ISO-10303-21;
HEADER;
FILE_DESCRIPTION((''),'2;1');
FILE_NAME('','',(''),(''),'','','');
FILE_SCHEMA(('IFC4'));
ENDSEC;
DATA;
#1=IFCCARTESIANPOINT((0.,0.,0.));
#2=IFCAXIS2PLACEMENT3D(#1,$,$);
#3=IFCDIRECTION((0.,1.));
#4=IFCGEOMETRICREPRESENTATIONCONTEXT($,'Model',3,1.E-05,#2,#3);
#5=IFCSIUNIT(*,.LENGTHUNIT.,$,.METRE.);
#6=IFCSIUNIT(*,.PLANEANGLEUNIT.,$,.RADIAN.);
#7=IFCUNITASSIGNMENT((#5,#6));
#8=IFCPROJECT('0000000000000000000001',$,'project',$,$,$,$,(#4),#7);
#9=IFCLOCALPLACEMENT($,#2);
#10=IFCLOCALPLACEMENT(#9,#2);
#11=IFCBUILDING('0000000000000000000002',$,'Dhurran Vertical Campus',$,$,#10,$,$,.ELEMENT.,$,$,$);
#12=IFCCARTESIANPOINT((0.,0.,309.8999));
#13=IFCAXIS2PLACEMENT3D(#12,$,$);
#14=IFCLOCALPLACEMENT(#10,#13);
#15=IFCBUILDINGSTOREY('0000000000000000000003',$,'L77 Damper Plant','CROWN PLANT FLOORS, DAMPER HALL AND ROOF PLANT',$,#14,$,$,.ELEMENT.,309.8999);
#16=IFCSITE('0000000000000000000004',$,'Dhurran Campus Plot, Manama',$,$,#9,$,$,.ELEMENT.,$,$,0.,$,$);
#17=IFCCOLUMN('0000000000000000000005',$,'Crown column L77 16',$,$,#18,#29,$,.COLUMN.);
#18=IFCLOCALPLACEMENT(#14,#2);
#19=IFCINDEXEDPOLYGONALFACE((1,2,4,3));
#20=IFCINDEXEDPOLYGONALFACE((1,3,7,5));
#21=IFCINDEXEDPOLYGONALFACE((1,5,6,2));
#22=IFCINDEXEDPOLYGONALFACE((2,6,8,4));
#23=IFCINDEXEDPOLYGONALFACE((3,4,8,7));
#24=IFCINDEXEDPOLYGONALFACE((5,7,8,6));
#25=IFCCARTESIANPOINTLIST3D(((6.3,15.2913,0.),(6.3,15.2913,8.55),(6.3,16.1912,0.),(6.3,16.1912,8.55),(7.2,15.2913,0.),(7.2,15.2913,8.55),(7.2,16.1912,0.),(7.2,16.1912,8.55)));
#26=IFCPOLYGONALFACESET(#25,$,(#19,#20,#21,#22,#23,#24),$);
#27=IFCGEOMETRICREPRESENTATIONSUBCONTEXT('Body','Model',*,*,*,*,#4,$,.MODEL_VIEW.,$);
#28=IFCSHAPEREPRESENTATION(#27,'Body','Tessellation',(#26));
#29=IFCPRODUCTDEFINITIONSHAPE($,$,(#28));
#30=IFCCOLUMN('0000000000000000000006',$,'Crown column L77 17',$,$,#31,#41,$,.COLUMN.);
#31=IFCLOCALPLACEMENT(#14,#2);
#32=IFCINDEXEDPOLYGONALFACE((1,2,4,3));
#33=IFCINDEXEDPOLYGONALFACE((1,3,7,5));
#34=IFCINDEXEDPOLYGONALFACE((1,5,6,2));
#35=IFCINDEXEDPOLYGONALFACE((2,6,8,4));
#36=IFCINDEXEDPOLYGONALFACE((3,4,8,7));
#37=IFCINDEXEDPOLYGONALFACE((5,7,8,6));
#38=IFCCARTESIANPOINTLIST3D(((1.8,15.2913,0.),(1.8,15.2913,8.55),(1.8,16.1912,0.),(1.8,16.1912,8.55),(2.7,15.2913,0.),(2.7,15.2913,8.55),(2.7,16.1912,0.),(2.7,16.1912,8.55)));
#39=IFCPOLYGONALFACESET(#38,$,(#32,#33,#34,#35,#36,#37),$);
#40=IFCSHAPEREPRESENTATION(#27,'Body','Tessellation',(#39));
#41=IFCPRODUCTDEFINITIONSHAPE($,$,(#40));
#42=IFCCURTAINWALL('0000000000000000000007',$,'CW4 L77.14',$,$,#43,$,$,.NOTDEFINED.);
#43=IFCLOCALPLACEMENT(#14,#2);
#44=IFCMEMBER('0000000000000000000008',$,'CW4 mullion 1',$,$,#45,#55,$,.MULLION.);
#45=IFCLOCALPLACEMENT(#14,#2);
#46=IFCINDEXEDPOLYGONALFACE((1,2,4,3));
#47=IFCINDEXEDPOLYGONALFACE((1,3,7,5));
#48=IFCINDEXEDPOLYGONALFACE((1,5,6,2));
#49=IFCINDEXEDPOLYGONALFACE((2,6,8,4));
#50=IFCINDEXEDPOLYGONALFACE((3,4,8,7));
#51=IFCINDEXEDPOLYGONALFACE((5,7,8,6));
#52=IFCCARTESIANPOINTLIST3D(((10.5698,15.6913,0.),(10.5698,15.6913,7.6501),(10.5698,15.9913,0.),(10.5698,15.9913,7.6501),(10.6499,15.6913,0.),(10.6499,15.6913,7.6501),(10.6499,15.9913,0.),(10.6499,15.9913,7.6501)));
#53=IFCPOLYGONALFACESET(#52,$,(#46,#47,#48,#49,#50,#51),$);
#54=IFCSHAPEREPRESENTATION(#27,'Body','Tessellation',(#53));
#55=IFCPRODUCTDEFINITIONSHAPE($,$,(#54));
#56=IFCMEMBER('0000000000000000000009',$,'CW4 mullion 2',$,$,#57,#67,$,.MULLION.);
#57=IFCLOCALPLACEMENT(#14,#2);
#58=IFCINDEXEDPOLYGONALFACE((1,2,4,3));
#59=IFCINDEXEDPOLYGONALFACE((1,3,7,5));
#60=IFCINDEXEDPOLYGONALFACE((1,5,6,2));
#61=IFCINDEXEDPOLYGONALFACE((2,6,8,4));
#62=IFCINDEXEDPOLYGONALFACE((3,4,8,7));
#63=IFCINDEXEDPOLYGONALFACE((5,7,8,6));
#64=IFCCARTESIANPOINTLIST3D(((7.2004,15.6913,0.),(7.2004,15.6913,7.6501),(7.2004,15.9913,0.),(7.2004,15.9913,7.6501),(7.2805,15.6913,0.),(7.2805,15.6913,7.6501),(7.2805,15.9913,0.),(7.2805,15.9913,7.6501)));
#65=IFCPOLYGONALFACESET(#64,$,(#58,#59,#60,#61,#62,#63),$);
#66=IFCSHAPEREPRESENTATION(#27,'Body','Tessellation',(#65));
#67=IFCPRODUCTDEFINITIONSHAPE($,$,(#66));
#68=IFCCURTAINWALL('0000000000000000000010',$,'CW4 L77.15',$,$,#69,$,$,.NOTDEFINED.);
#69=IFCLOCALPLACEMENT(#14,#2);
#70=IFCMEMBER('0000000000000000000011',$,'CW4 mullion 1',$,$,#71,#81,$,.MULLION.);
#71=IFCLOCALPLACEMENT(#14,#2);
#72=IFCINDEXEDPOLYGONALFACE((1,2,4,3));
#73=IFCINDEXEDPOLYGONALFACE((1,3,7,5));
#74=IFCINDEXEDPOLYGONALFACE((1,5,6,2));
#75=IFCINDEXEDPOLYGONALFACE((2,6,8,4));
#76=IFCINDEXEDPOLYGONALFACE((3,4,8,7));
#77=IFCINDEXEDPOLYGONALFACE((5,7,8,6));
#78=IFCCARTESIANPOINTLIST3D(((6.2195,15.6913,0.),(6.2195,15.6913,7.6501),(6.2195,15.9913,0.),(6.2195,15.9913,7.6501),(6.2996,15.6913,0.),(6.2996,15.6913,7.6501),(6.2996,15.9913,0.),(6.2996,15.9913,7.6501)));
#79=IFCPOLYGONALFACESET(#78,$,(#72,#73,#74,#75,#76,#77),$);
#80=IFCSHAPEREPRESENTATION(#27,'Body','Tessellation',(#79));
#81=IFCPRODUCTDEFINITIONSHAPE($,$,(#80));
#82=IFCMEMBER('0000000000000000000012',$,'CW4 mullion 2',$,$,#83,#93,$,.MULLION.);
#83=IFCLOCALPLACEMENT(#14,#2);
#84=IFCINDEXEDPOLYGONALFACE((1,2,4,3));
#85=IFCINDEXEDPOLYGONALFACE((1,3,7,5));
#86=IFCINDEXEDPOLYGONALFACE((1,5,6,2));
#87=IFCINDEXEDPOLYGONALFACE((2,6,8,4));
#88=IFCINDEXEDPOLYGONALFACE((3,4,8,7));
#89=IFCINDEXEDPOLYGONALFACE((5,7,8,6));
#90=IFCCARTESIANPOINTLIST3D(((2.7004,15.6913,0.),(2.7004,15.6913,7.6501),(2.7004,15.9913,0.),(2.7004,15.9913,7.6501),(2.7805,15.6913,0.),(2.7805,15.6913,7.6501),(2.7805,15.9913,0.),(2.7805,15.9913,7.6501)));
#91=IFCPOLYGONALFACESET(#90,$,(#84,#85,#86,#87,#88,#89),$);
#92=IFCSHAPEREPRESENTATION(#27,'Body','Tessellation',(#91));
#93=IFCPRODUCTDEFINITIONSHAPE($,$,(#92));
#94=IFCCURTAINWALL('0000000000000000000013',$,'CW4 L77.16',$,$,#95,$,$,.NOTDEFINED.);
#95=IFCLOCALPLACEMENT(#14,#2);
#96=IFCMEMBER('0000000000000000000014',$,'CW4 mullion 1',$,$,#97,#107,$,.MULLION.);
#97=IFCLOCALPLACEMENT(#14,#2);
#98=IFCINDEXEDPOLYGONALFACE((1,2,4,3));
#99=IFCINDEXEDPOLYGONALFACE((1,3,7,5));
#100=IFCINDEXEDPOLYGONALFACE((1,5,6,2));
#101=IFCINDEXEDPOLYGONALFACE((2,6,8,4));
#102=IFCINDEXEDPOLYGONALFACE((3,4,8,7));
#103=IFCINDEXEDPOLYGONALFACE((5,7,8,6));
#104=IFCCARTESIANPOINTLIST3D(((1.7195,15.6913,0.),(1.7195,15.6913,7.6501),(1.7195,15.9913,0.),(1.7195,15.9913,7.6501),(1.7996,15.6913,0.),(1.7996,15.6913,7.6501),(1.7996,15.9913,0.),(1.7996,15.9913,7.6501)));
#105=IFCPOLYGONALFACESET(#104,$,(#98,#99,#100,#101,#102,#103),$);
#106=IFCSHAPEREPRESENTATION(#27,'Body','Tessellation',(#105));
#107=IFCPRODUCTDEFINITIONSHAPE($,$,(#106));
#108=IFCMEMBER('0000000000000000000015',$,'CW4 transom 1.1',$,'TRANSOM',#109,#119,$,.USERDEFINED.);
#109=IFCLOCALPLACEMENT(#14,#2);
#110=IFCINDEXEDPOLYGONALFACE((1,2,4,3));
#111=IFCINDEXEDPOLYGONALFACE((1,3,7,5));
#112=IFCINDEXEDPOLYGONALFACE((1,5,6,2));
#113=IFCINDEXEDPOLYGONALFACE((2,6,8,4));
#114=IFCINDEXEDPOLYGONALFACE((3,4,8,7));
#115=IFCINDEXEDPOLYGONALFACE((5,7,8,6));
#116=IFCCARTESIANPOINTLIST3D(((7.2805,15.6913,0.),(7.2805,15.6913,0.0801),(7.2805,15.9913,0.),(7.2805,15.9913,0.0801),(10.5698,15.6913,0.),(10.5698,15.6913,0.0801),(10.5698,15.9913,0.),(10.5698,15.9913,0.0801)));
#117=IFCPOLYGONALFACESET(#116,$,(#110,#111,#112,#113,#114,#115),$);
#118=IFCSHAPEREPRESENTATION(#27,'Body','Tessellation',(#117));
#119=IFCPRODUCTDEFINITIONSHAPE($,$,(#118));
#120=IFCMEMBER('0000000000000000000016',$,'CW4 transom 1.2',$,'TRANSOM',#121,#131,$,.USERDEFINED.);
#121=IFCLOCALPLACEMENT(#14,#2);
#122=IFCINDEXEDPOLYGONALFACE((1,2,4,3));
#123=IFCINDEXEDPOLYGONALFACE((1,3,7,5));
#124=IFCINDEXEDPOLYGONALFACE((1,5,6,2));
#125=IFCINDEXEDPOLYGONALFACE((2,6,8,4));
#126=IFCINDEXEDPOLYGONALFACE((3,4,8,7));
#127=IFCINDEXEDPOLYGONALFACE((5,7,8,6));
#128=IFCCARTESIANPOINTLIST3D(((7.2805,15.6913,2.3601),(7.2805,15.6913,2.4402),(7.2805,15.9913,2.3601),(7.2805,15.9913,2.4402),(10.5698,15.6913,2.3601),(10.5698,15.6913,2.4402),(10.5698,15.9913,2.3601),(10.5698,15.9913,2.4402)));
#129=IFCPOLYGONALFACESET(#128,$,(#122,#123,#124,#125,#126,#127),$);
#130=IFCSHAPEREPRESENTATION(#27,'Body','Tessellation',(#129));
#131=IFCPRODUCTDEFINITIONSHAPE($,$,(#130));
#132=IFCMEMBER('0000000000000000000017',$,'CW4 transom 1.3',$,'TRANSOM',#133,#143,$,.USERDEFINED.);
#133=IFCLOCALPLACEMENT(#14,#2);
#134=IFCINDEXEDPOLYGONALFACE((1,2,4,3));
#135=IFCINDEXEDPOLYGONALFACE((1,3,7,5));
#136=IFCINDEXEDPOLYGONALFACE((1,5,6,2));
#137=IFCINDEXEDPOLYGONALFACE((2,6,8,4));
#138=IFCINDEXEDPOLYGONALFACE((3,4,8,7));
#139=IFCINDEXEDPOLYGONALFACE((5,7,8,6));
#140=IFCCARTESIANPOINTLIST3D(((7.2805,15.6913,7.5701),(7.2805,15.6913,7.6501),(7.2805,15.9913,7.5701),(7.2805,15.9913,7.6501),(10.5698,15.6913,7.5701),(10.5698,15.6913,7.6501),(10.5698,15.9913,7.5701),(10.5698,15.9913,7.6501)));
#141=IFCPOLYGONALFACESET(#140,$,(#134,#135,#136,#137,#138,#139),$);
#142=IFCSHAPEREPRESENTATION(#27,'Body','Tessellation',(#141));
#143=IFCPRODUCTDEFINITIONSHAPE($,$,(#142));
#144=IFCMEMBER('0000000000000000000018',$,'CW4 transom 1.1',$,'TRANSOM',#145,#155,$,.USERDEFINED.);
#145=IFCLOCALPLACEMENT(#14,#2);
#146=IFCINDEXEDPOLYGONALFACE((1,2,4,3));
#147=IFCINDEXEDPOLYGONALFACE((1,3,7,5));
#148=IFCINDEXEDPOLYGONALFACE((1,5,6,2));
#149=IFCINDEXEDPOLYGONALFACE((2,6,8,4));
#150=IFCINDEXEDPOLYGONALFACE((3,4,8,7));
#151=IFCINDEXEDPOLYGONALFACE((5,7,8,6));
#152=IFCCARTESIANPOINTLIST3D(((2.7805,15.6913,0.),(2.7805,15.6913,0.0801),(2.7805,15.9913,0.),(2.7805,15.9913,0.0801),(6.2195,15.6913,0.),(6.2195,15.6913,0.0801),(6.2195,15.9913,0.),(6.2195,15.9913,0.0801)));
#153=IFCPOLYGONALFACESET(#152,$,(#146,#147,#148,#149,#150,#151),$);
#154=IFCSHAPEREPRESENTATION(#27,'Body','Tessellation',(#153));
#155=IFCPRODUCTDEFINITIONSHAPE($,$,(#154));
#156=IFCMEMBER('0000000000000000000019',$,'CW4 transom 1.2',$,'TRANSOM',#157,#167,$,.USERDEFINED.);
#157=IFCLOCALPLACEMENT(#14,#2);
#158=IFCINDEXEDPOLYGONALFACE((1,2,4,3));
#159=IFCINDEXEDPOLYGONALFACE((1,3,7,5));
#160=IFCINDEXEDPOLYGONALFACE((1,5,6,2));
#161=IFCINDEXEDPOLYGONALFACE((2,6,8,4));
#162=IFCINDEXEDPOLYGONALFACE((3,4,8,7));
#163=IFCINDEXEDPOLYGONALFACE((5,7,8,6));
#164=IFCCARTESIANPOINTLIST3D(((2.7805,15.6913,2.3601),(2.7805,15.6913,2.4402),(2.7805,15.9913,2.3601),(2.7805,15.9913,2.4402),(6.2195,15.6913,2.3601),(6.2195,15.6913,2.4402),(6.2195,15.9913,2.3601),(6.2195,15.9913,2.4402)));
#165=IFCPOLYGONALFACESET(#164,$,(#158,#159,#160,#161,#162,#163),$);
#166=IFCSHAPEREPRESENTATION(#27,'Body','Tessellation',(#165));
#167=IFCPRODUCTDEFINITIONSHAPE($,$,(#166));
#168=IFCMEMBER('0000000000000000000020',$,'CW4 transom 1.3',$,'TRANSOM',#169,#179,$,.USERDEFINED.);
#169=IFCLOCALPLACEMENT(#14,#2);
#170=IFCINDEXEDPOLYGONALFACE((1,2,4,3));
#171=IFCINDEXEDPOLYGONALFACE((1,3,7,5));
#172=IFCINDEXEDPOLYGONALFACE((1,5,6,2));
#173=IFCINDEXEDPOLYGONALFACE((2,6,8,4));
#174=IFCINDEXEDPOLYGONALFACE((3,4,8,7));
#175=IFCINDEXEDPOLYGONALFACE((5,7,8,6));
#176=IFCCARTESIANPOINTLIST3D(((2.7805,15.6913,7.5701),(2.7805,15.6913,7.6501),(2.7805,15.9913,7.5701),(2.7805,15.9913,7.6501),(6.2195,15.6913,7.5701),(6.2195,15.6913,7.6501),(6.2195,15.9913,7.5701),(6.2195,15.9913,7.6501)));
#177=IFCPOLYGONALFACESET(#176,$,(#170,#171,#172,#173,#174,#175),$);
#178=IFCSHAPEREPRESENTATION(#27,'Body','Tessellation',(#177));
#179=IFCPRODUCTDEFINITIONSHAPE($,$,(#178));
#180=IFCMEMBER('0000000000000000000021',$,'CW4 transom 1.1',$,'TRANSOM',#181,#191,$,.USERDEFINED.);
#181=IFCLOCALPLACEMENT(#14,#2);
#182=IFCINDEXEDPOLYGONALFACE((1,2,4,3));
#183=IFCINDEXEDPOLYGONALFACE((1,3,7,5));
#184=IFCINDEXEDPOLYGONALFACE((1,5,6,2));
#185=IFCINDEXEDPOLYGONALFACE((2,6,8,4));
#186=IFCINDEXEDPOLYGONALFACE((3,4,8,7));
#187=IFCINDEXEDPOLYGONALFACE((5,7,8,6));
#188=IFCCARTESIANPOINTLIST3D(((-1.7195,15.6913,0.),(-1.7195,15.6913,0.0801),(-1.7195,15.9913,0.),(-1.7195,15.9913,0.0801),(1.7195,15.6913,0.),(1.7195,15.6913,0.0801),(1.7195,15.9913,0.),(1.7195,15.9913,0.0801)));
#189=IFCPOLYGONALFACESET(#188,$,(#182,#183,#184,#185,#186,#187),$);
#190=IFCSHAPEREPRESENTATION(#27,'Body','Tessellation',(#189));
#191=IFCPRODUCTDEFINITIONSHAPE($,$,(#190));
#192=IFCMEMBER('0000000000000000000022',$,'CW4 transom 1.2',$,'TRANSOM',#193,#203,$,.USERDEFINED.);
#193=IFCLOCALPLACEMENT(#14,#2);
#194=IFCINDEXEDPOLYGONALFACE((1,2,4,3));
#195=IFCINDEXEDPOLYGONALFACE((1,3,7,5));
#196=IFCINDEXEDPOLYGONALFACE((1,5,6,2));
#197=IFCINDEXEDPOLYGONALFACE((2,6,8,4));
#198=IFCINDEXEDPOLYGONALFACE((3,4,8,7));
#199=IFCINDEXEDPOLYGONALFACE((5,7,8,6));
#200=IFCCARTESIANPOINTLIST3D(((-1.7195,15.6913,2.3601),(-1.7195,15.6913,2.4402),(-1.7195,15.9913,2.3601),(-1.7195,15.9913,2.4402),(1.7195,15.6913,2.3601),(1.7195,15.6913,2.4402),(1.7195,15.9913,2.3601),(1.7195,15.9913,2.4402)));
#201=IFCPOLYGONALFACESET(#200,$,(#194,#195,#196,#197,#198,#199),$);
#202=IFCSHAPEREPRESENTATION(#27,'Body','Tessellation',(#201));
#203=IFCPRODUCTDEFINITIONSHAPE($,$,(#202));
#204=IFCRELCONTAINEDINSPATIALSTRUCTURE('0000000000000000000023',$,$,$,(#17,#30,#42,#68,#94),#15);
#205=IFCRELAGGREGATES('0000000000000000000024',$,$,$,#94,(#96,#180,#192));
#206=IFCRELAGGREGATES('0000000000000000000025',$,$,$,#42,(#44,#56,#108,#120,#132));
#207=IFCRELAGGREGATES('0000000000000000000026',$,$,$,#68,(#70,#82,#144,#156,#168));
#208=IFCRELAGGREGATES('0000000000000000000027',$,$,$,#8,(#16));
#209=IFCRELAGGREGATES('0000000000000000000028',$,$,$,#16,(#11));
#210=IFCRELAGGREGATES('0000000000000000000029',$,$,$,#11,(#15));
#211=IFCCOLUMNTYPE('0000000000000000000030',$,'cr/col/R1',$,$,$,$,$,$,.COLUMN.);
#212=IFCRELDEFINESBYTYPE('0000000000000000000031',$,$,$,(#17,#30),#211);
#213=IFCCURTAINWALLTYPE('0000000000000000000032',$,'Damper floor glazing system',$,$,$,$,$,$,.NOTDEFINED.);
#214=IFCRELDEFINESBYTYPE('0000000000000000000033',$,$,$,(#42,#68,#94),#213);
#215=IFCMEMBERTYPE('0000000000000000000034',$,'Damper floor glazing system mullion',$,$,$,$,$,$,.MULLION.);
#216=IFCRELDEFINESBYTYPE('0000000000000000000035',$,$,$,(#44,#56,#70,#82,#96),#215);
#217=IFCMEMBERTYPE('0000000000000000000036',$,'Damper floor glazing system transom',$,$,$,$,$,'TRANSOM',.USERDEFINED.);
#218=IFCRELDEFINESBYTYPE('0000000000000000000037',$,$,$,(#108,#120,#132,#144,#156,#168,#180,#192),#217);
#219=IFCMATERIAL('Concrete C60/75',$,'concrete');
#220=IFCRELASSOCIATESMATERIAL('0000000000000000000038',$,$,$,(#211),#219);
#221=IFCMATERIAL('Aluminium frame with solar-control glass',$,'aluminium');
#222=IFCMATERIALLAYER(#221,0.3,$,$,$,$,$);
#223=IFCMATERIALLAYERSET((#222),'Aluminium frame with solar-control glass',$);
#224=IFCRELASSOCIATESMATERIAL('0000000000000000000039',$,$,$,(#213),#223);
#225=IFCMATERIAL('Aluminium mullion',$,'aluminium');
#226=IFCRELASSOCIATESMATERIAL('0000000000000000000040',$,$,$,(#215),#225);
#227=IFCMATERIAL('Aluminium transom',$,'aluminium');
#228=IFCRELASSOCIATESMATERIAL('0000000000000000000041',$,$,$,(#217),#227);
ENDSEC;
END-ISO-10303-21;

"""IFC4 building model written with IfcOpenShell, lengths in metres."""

from ifc_helpers import new_model, si_unit, direction, frame, origin, origin_2d, place, context, subcontext, project, spatial, rectangle, extrude, material, layer, layer_set, material_profile, profile_set, type_object, element, aggregate, save


model = new_model("IFC4")

# Units and contexts
model_context = context("Model", 3, precision=1e-05, world=origin(), true_north=direction((0.0, 1.0)))
body_context = subcontext(model_context, "Body", "Model", "MODEL_VIEW")
ifc_project = project(units=[si_unit("LENGTHUNIT", "METRE"), si_unit("PLANEANGLEUNIT", "RADIAN")], contexts=[model_context])

# Site, building, storey
site_placement = place(None, origin())
site = spatial("IfcSite", under=ifc_project, at=site_placement, Name="Dhurran Campus Plot, Manama", CompositionType="ELEMENT", RefElevation=0.0)
building_placement = place(site_placement, origin())
building = spatial("IfcBuilding", under=site, at=building_placement, Name="Dhurran Vertical Campus", CompositionType="ELEMENT")
storey_placement = place(building_placement, frame((0.0, 0.0, 309.8999)))
storey = spatial("IfcBuildingStorey", under=building, at=storey_placement, Name="L77 Damper Plant", Description="CROWN PLANT FLOORS, DAMPER HALL AND ROOF PLANT", CompositionType="ELEMENT", Elevation=309.8999)

# Columns
ifc_material_1 = material(Name="Concrete C60/75", Category="concrete")
ifc_material_profile_1 = material_profile(ifc_material_1, rectangle(XDim=0.8999, YDim=0.8999, at=origin_2d()), Name="cr/col/R1")
ifc_profile_set_1 = profile_set([ifc_material_profile_1], Name="Concrete C60/75")
column_type = type_object("IfcColumnType", Name="cr/col/R1", PredefinedType="COLUMN", material=ifc_profile_set_1)
for number, where, z_axis, x_axis, name in (
    (1, (6.75, 15.7412, 0.0), (0.0, 0.0, 1.0), (-1.0, 0.0, 0.0), "Crown column L77 16"),
    (2, (2.25, 15.7412, 0.0), (0.0, 0.0, 1.0), (-1.0, 0.0, 0.0), "Crown column L77 17"),
):
    element("IfcColumn", number, at=place(storey_placement, frame(where, z_axis=z_axis, x_axis=x_axis)), inside=storey, type_object=column_type, Name=name, PredefinedType="COLUMN", context=body_context, shape_type="SweptSolid", body=[
        extrude(rectangle(XDim=0.8999, YDim=0.8999, at=origin_2d()), origin(), (0.0, 0.0, 1.0), 8.55),
    ])

# Curtain walls, members
ifc_material_2 = material(Name="Aluminium frame with solar-control glass", Category="aluminium")
ifc_layer_1 = layer(ifc_material_2, 0.3)
ifc_layer_set_1 = layer_set([ifc_layer_1], Name="Aluminium frame with solar-control glass")
curtain_wall_type = type_object("IfcCurtainWallType", Name="Damper floor glazing system", PredefinedType="NOTDEFINED", material=ifc_layer_set_1)
curtain_wall_1_placement = place(storey_placement, origin())
curtain_wall_1 = element("IfcCurtainWall", 3, at=curtain_wall_1_placement, inside=storey, type_object=curtain_wall_type, Name="CW4 L77.14", PredefinedType="NOTDEFINED")
ifc_material_3 = material(Name="Aluminium mullion", Category="aluminium")
ifc_material_profile_2 = material_profile(ifc_material_3, rectangle(XDim=0.3, YDim=0.0801, at=origin_2d()), Name="Damper floor glazing system mullion")
ifc_profile_set_2 = profile_set([ifc_material_profile_2], Name="Aluminium mullion")
member_type_1 = type_object("IfcMemberType", Name="Damper floor glazing system mullion", PredefinedType="MULLION", material=ifc_profile_set_2)
member_1_placement = place(storey_placement, frame((10.6099, 15.8413, 0.0), z_axis=(0.0, 0.0, 1.0), x_axis=(0.0, -1.0, 0.0)))
member_1 = element("IfcMember", 4, at=member_1_placement, type_object=member_type_1, Name="CW4 mullion 1", PredefinedType="MULLION", context=body_context, shape_type="SweptSolid", body=[
    extrude(rectangle(XDim=0.3, YDim=0.0801, at=origin_2d()), origin(), (0.0, 0.0, 1.0), 7.6501),
])
member_2_placement = place(storey_placement, frame((7.2405, 15.8413, 0.0), z_axis=(0.0, 0.0, 1.0), x_axis=(0.0, -1.0, 0.0)))
member_2 = element("IfcMember", 5, at=member_2_placement, type_object=member_type_1, Name="CW4 mullion 2", PredefinedType="MULLION", context=body_context, shape_type="SweptSolid", body=[
    extrude(rectangle(XDim=0.3, YDim=0.0801, at=origin_2d()), origin(), (0.0, 0.0, 1.0), 7.6501),
])
curtain_wall_2_placement = place(storey_placement, origin())
curtain_wall_2 = element("IfcCurtainWall", 6, at=curtain_wall_2_placement, inside=storey, type_object=curtain_wall_type, Name="CW4 L77.15", PredefinedType="NOTDEFINED")
member_3_placement = place(storey_placement, frame((6.2595, 15.8413, 0.0), z_axis=(0.0, 0.0, 1.0), x_axis=(0.0, -1.0, 0.0)))
member_3 = element("IfcMember", 7, at=member_3_placement, type_object=member_type_1, Name="CW4 mullion 1", PredefinedType="MULLION", context=body_context, shape_type="SweptSolid", body=[
    extrude(rectangle(XDim=0.3, YDim=0.0801, at=origin_2d()), origin(), (0.0, 0.0, 1.0), 7.6501),
])
member_4_placement = place(storey_placement, frame((2.7405, 15.8413, 0.0), z_axis=(0.0, 0.0, 1.0), x_axis=(0.0, -1.0, 0.0)))
member_4 = element("IfcMember", 8, at=member_4_placement, type_object=member_type_1, Name="CW4 mullion 2", PredefinedType="MULLION", context=body_context, shape_type="SweptSolid", body=[
    extrude(rectangle(XDim=0.3, YDim=0.0801, at=origin_2d()), origin(), (0.0, 0.0, 1.0), 7.6501),
])

# Curtain wall, member
curtain_wall_3_placement = place(storey_placement, origin())
curtain_wall_3 = element("IfcCurtainWall", 9, at=curtain_wall_3_placement, inside=storey, type_object=curtain_wall_type, Name="CW4 L77.16", PredefinedType="NOTDEFINED")
member_5_placement = place(storey_placement, frame((1.7595, 15.8413, 0.0), z_axis=(0.0, 0.0, 1.0), x_axis=(0.0, -1.0, 0.0)))
member_5 = element("IfcMember", 10, at=member_5_placement, type_object=member_type_1, Name="CW4 mullion 1", PredefinedType="MULLION", context=body_context, shape_type="SweptSolid", body=[
    extrude(rectangle(XDim=0.3, YDim=0.0801, at=origin_2d()), origin(), (0.0, 0.0, 1.0), 7.6501),
])

# Members
ifc_material_4 = material(Name="Aluminium transom", Category="aluminium")
ifc_material_profile_3 = material_profile(ifc_material_4, rectangle(XDim=0.3, YDim=0.0801, at=origin_2d()), Name="Damper floor glazing system transom")
ifc_profile_set_3 = profile_set([ifc_material_profile_3], Name="Aluminium transom")
member_type_2 = type_object("IfcMemberType", Name="Damper floor glazing system transom", ElementType="TRANSOM", PredefinedType="USERDEFINED", material=ifc_profile_set_3)
member_6_placement = place(storey_placement, frame((10.5698, 15.8413, 0.04), z_axis=(-1.0, 0.0, 0.0), x_axis=(0.0, -1.0, 0.0)))
member_6 = element("IfcMember", 11, at=member_6_placement, type_object=member_type_2, Name="CW4 transom 1.1", ObjectType="TRANSOM", PredefinedType="USERDEFINED", context=body_context, shape_type="SweptSolid", body=[
    extrude(rectangle(XDim=0.3, YDim=0.0801, at=origin_2d()), origin(), (0.0, 0.0, 1.0), 3.2893),
])
member_7_placement = place(storey_placement, frame((10.5698, 15.8413, 2.4001), z_axis=(-1.0, 0.0, 0.0), x_axis=(0.0, -1.0, 0.0)))
member_7 = element("IfcMember", 12, at=member_7_placement, type_object=member_type_2, Name="CW4 transom 1.2", ObjectType="TRANSOM", PredefinedType="USERDEFINED", context=body_context, shape_type="SweptSolid", body=[
    extrude(rectangle(XDim=0.3, YDim=0.0801, at=origin_2d()), origin(), (0.0, 0.0, 1.0), 3.2893),
])
member_8_placement = place(storey_placement, frame((10.5698, 15.8413, 7.6101), z_axis=(-1.0, 0.0, 0.0), x_axis=(0.0, -1.0, 0.0)))
member_8 = element("IfcMember", 13, at=member_8_placement, type_object=member_type_2, Name="CW4 transom 1.3", ObjectType="TRANSOM", PredefinedType="USERDEFINED", context=body_context, shape_type="SweptSolid", body=[
    extrude(rectangle(XDim=0.3, YDim=0.0801, at=origin_2d()), origin(), (0.0, 0.0, 1.0), 3.2893),
])
member_9_placement = place(storey_placement, frame((6.2195, 15.8413, 0.04), z_axis=(-1.0, 0.0, 0.0), x_axis=(0.0, -1.0, 0.0)))
member_9 = element("IfcMember", 14, at=member_9_placement, type_object=member_type_2, Name="CW4 transom 1.1", ObjectType="TRANSOM", PredefinedType="USERDEFINED", context=body_context, shape_type="SweptSolid", body=[
    extrude(rectangle(XDim=0.3, YDim=0.0801, at=origin_2d()), origin(), (0.0, 0.0, 1.0), 3.439),
])
member_10_placement = place(storey_placement, frame((6.2195, 15.8413, 2.4001), z_axis=(-1.0, 0.0, 0.0), x_axis=(0.0, -1.0, 0.0)))
member_10 = element("IfcMember", 15, at=member_10_placement, type_object=member_type_2, Name="CW4 transom 1.2", ObjectType="TRANSOM", PredefinedType="USERDEFINED", context=body_context, shape_type="SweptSolid", body=[
    extrude(rectangle(XDim=0.3, YDim=0.0801, at=origin_2d()), origin(), (0.0, 0.0, 1.0), 3.439),
])
member_11_placement = place(storey_placement, frame((6.2195, 15.8413, 7.6101), z_axis=(-1.0, 0.0, 0.0), x_axis=(0.0, -1.0, 0.0)))
member_11 = element("IfcMember", 16, at=member_11_placement, type_object=member_type_2, Name="CW4 transom 1.3", ObjectType="TRANSOM", PredefinedType="USERDEFINED", context=body_context, shape_type="SweptSolid", body=[
    extrude(rectangle(XDim=0.3, YDim=0.0801, at=origin_2d()), origin(), (0.0, 0.0, 1.0), 3.439),
])
member_12_placement = place(storey_placement, frame((1.7195, 15.8413, 0.04), z_axis=(-1.0, 0.0, 0.0), x_axis=(0.0, -1.0, 0.0)))
member_12 = element("IfcMember", 17, at=member_12_placement, type_object=member_type_2, Name="CW4 transom 1.1", ObjectType="TRANSOM", PredefinedType="USERDEFINED", context=body_context, shape_type="SweptSolid", body=[
    extrude(rectangle(XDim=0.3, YDim=0.0801, at=origin_2d()), origin(), (0.0, 0.0, 1.0), 3.439),
])
member_13_placement = place(storey_placement, frame((1.7195, 15.8413, 2.4001), z_axis=(-1.0, 0.0, 0.0), x_axis=(0.0, -1.0, 0.0)))
member_13 = element("IfcMember", 18, at=member_13_placement, type_object=member_type_2, Name="CW4 transom 1.2", ObjectType="TRANSOM", PredefinedType="USERDEFINED", context=body_context, shape_type="SweptSolid", body=[
    extrude(rectangle(XDim=0.3, YDim=0.0801, at=origin_2d()), origin(), (0.0, 0.0, 1.0), 3.439),
])
aggregate(curtain_wall_3, [member_5, member_12, member_13])

aggregate(curtain_wall_1, [member_1, member_2, member_6, member_7, member_8])
aggregate(curtain_wall_2, [member_3, member_4, member_9, member_10, member_11])

save(model, "model.ifc")
